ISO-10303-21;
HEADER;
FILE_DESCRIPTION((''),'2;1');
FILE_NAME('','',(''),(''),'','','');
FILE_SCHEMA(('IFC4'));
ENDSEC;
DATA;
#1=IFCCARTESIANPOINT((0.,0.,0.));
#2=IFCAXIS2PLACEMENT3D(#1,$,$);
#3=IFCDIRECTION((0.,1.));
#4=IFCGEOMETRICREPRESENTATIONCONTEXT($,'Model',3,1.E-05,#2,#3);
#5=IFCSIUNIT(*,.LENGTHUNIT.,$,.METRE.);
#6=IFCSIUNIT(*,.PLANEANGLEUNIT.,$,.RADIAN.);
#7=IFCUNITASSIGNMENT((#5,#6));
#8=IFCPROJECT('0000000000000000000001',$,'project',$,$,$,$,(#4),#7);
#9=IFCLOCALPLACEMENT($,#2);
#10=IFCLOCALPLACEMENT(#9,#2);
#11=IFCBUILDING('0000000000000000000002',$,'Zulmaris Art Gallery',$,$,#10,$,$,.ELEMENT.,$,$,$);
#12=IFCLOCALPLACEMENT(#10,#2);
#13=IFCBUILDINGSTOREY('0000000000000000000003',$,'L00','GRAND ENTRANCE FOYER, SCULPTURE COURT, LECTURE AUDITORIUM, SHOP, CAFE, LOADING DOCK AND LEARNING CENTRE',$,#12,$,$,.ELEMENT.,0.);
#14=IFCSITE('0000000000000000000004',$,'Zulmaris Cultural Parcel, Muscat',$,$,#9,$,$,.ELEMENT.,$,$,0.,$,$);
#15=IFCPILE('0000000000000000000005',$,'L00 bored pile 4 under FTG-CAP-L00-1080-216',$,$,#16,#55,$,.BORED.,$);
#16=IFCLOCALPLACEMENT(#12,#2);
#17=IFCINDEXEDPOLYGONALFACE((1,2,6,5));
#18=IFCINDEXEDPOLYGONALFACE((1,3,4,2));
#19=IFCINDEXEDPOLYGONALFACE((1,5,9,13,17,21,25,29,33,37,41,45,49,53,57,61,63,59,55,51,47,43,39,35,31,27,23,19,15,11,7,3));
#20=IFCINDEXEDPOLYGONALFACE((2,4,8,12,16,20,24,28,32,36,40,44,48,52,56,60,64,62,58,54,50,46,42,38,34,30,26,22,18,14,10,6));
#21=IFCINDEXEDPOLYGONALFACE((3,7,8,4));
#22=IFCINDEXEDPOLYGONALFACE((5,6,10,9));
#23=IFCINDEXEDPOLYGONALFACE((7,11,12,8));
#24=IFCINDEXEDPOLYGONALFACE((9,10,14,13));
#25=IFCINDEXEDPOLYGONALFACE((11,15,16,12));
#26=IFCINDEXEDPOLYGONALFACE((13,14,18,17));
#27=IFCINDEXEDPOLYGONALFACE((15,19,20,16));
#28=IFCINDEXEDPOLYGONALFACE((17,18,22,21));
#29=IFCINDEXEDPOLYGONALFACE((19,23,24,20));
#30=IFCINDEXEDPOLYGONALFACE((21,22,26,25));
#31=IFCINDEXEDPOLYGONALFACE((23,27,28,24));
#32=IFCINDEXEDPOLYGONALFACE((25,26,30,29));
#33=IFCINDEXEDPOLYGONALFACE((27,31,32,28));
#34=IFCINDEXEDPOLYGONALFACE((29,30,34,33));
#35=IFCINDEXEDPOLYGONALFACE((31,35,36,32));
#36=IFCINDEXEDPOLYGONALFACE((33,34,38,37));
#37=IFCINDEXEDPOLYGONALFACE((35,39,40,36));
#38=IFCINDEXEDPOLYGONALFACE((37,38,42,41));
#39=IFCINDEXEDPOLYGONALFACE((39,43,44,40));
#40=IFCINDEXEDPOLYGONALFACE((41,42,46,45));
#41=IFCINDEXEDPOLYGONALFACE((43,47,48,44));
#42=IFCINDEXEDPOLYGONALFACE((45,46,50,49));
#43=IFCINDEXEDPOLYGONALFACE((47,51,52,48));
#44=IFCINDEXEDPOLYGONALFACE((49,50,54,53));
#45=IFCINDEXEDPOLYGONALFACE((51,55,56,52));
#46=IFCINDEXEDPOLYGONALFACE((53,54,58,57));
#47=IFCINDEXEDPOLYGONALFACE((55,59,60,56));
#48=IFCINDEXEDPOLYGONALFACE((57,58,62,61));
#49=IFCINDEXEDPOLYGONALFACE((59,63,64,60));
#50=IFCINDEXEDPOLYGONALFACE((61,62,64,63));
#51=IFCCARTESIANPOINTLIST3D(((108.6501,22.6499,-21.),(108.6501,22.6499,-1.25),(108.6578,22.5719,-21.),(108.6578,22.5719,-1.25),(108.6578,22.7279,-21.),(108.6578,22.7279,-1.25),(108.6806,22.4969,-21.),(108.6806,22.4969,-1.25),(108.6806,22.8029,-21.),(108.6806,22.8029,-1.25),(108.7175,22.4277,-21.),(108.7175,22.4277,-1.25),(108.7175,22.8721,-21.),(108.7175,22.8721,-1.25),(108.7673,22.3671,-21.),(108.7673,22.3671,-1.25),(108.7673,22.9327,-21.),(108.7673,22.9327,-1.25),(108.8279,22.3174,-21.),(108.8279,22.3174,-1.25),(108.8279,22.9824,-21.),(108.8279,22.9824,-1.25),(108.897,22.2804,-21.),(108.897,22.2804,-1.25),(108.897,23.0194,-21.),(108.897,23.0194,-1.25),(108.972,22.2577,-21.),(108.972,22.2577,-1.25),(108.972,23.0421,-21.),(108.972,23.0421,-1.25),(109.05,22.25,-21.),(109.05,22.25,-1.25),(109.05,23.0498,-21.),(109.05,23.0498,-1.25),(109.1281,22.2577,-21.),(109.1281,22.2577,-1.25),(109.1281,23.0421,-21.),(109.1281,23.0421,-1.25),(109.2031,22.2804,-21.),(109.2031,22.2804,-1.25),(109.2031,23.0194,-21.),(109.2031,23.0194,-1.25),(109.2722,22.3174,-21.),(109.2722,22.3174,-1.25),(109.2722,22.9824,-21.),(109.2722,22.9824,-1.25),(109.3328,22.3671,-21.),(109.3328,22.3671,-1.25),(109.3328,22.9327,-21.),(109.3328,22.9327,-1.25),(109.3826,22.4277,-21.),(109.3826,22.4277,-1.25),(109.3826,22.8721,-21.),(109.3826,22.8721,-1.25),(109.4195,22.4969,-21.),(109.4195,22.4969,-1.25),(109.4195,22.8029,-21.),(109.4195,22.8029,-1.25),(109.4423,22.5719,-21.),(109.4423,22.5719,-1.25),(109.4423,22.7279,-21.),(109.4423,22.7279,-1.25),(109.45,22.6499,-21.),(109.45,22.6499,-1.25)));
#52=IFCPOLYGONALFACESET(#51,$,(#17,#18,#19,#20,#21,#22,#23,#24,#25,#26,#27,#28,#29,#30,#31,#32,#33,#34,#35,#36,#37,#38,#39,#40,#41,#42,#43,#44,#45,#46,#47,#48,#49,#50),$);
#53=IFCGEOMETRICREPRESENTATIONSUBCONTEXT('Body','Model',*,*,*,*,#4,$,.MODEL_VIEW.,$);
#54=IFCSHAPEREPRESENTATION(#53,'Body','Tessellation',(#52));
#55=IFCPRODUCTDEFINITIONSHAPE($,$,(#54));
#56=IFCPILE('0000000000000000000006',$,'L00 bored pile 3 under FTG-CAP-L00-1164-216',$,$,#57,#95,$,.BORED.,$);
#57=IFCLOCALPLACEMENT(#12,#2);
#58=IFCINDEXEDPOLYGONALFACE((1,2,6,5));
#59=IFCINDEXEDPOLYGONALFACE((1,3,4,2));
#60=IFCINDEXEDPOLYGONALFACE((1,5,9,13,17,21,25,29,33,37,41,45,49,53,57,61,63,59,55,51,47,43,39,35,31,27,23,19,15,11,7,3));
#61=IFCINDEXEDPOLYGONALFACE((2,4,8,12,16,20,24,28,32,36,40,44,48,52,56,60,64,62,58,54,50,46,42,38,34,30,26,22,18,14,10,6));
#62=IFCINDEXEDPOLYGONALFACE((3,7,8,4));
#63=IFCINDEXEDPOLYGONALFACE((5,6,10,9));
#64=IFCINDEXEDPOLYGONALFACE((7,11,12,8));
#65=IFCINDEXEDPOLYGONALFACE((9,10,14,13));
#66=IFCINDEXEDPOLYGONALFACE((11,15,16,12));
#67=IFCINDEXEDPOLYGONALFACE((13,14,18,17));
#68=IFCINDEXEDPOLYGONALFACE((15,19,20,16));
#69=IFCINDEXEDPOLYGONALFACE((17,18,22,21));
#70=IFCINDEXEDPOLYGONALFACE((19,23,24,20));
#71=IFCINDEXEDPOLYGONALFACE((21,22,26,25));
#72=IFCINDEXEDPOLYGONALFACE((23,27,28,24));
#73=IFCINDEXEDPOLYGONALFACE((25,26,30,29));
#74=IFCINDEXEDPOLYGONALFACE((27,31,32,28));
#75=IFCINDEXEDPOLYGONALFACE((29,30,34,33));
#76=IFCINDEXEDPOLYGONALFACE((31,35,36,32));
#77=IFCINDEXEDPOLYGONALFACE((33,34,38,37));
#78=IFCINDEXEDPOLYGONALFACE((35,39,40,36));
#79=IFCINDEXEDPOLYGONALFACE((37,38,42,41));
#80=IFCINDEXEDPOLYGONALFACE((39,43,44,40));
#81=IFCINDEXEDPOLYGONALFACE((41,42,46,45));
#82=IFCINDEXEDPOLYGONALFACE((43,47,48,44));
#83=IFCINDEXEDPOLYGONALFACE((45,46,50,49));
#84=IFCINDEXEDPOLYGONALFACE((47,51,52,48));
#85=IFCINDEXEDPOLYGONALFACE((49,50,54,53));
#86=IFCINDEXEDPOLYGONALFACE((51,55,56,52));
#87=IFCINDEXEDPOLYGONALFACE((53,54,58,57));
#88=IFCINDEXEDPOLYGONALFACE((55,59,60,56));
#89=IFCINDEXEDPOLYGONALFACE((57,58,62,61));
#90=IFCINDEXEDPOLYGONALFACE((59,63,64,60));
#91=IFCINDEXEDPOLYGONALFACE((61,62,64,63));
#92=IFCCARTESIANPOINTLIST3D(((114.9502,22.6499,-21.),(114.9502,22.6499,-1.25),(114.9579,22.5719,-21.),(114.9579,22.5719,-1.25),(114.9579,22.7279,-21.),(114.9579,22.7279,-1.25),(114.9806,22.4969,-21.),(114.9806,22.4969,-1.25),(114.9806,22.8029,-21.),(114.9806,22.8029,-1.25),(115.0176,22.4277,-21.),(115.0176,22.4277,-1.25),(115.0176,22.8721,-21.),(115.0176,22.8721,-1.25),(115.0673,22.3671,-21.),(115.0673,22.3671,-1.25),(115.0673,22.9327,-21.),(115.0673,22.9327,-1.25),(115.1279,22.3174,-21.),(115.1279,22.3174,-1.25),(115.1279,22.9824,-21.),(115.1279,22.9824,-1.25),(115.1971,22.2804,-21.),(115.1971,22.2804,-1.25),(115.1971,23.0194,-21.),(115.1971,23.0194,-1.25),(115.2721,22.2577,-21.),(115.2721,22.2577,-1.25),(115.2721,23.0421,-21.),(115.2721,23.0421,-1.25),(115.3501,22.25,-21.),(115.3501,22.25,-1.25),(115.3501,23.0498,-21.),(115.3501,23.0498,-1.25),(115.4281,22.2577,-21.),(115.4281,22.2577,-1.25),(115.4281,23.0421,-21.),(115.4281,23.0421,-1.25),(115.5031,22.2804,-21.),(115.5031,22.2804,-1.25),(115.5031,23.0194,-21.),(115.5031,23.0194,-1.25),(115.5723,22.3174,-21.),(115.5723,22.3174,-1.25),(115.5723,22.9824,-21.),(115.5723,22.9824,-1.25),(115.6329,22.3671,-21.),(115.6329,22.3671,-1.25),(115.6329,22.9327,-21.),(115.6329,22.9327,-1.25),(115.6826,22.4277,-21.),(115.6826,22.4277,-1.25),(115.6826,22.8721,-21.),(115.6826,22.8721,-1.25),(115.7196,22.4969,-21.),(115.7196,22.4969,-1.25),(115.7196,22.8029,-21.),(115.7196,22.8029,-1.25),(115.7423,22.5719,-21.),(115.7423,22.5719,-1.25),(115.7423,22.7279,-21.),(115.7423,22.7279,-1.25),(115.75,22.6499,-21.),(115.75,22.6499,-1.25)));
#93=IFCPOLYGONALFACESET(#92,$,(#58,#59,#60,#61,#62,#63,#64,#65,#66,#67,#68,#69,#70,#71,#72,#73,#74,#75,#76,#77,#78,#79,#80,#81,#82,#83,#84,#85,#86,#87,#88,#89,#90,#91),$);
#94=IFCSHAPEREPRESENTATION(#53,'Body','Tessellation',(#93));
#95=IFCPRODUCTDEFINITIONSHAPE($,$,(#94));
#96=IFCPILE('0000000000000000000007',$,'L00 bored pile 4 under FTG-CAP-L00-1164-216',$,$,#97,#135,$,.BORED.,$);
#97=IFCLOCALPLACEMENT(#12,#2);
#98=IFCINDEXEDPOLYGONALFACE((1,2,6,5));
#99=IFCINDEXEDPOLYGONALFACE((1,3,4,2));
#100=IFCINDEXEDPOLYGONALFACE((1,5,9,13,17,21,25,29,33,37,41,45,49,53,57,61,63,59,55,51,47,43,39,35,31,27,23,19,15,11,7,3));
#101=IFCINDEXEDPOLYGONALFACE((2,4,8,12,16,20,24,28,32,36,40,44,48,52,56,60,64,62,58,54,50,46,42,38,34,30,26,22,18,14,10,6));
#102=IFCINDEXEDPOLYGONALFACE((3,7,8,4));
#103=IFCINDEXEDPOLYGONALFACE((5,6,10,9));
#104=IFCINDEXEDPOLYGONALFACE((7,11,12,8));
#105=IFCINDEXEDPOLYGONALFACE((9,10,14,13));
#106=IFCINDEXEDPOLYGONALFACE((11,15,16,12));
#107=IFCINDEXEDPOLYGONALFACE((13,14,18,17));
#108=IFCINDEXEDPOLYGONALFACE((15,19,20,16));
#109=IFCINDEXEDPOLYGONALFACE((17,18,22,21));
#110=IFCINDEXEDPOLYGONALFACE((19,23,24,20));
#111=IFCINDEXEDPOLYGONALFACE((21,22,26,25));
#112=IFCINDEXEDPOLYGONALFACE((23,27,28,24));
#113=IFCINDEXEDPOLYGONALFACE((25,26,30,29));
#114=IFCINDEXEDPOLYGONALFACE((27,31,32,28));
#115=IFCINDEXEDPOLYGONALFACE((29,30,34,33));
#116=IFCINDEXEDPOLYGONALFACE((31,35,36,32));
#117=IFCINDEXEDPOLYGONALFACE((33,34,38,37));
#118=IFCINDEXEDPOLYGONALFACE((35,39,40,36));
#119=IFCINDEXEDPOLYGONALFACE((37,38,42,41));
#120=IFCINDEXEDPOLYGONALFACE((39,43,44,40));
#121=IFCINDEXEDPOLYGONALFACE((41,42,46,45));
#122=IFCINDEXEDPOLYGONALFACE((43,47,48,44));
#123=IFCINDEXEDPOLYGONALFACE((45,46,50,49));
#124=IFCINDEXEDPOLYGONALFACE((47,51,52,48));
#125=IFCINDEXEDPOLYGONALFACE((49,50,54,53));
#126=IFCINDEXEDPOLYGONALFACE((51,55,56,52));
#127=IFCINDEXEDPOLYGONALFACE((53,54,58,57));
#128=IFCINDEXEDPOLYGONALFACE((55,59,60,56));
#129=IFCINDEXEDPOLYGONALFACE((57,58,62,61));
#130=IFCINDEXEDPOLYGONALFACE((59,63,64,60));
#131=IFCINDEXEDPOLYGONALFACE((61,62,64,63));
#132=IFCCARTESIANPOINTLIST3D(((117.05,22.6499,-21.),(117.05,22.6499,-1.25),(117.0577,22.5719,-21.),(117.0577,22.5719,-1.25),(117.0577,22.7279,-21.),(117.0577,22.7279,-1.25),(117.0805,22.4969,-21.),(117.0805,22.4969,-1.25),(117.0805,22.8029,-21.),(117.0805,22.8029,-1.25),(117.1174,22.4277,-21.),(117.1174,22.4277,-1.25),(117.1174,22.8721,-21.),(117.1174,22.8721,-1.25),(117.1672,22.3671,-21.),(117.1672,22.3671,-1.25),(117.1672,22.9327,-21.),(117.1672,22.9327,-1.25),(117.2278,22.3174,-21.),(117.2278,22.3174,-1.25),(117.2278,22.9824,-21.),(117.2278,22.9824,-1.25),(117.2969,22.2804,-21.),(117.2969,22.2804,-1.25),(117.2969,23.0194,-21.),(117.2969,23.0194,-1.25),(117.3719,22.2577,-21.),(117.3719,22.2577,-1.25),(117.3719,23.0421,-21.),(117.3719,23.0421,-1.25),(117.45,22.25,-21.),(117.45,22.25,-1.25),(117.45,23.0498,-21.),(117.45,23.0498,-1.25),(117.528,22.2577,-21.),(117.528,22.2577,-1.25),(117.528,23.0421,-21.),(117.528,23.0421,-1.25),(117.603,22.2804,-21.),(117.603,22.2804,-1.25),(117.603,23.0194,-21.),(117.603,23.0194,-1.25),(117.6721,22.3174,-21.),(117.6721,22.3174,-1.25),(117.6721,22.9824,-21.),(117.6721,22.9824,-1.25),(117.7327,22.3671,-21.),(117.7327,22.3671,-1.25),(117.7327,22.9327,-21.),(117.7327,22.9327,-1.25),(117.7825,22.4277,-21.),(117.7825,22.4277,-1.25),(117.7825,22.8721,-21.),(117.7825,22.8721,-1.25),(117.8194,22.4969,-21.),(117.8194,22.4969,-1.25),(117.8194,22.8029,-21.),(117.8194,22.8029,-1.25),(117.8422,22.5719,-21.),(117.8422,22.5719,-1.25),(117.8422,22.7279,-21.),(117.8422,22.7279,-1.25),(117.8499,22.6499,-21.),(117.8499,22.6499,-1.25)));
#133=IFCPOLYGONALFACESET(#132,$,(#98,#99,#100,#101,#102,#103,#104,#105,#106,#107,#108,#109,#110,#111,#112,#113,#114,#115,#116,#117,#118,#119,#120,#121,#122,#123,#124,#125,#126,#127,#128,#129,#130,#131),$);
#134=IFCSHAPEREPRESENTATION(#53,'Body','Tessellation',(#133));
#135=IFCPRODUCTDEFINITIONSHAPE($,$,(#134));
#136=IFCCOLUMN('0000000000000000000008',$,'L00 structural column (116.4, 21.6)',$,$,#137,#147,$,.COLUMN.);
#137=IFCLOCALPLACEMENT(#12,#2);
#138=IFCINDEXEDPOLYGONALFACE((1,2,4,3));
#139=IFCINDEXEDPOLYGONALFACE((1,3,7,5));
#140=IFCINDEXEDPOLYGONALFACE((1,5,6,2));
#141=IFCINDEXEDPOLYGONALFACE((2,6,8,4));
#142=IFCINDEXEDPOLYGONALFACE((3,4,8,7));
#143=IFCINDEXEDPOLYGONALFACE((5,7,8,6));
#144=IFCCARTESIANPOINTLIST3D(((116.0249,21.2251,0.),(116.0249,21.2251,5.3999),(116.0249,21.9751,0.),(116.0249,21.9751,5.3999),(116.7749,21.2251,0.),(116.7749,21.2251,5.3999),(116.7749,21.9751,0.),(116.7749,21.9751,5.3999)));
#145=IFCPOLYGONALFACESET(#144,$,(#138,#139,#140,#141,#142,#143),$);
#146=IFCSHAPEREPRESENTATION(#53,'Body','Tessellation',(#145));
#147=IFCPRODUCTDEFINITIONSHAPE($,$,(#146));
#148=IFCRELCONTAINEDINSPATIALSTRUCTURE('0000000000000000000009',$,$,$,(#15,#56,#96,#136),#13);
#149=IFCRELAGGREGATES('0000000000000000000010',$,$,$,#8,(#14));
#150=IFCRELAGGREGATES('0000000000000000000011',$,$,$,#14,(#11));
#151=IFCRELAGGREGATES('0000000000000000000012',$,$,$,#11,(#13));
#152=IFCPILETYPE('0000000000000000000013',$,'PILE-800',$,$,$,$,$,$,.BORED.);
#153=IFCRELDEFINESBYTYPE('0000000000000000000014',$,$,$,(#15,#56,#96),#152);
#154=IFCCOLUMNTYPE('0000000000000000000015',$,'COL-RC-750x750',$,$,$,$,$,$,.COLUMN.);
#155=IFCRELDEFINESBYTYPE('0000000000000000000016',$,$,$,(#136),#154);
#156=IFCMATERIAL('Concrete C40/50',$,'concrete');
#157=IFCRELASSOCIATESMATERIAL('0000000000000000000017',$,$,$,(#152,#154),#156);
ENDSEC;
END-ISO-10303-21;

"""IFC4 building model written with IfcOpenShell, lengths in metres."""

from ifc_helpers import new_model, si_unit, direction, frame, origin, origin_2d, place, context, subcontext, project, spatial, rectangle, circle, extrude, material, material_profile, profile_set, type_object, element, save


model = new_model("IFC4")

# Units and contexts
model_context = context("Model", 3, precision=1e-05, world=origin(), true_north=direction((0.0, 1.0)))
body_context = subcontext(model_context, "Body", "Model", "MODEL_VIEW")
ifc_project = project(units=[si_unit("LENGTHUNIT", "METRE"), si_unit("PLANEANGLEUNIT", "RADIAN")], contexts=[model_context])

# Site, building, storey
site_placement = place(None, origin())
site = spatial("IfcSite", under=ifc_project, at=site_placement, Name="Zulmaris Cultural Parcel, Muscat", CompositionType="ELEMENT", RefElevation=0.0)
building_placement = place(site_placement, origin())
building = spatial("IfcBuilding", under=site, at=building_placement, Name="Zulmaris Art Gallery", CompositionType="ELEMENT")
storey_placement = place(building_placement, origin())
storey = spatial("IfcBuildingStorey", under=building, at=storey_placement, Name="L00", Description="GRAND ENTRANCE FOYER, SCULPTURE COURT, LECTURE AUDITORIUM, SHOP, CAFE, LOADING DOCK AND LEARNING CENTRE", CompositionType="ELEMENT", Elevation=0.0)

# Piles
ifc_material_1 = material(Name="Concrete C40/50", Category="concrete")
ifc_material_profile_1 = material_profile(ifc_material_1, circle(Radius=0.3999, at=origin_2d()), Name="PILE DIA 800")
ifc_profile_set_1 = profile_set([ifc_material_profile_1], Name="Concrete C40/50")
pile_type = type_object("IfcPileType", Name="PILE-800", PredefinedType="BORED", material=ifc_profile_set_1)
for number, where, z_axis, x_axis, name in (
    (1, (109.05, 22.6499, -1.25), (0.0, 0.0, -1.0), (1.0, 0.0, 0.0), "L00 bored pile 4 under FTG-CAP-L00-1080-216"),
    (2, (115.3501, 22.6499, -1.25), (0.0, 0.0, -1.0), (1.0, 0.0, 0.0), "L00 bored pile 3 under FTG-CAP-L00-1164-216"),
    (3, (117.45, 22.6499, -1.25), (0.0, 0.0, -1.0), (1.0, 0.0, 0.0), "L00 bored pile 4 under FTG-CAP-L00-1164-216"),
):
    element("IfcPile", number, at=place(storey_placement, frame(where, z_axis=z_axis, x_axis=x_axis)), inside=storey, type_object=pile_type, Name=name, PredefinedType="BORED", context=body_context, shape_type="SweptSolid", body=[
        extrude(circle(Radius=0.3999, at=origin_2d()), origin(), (0.0, 0.0, 1.0), 19.75),
    ])

# Column
ifc_material_profile_2 = material_profile(ifc_material_1, rectangle(XDim=0.75, YDim=0.75, at=origin_2d()), Name="RC 750x750")
ifc_profile_set_2 = profile_set([ifc_material_profile_2], Name="Concrete C40/50")
column_type = type_object("IfcColumnType", Name="COL-RC-750x750", PredefinedType="COLUMN", material=ifc_profile_set_2)
column_placement = place(storey_placement, frame((116.3999, 21.6001, 0.0), z_axis=(0.0, 0.0, 1.0), x_axis=(1.0, 0.0, 0.0)))
element("IfcColumn", 4, at=column_placement, inside=storey, type_object=column_type, Name="L00 structural column (116.4, 21.6)", PredefinedType="COLUMN", context=body_context, shape_type="SweptSolid", body=[
    extrude(rectangle(XDim=0.75, YDim=0.75, at=origin_2d()), origin(), (0.0, 0.0, 1.0), 5.3999),
])

save(model, "model.ifc")
